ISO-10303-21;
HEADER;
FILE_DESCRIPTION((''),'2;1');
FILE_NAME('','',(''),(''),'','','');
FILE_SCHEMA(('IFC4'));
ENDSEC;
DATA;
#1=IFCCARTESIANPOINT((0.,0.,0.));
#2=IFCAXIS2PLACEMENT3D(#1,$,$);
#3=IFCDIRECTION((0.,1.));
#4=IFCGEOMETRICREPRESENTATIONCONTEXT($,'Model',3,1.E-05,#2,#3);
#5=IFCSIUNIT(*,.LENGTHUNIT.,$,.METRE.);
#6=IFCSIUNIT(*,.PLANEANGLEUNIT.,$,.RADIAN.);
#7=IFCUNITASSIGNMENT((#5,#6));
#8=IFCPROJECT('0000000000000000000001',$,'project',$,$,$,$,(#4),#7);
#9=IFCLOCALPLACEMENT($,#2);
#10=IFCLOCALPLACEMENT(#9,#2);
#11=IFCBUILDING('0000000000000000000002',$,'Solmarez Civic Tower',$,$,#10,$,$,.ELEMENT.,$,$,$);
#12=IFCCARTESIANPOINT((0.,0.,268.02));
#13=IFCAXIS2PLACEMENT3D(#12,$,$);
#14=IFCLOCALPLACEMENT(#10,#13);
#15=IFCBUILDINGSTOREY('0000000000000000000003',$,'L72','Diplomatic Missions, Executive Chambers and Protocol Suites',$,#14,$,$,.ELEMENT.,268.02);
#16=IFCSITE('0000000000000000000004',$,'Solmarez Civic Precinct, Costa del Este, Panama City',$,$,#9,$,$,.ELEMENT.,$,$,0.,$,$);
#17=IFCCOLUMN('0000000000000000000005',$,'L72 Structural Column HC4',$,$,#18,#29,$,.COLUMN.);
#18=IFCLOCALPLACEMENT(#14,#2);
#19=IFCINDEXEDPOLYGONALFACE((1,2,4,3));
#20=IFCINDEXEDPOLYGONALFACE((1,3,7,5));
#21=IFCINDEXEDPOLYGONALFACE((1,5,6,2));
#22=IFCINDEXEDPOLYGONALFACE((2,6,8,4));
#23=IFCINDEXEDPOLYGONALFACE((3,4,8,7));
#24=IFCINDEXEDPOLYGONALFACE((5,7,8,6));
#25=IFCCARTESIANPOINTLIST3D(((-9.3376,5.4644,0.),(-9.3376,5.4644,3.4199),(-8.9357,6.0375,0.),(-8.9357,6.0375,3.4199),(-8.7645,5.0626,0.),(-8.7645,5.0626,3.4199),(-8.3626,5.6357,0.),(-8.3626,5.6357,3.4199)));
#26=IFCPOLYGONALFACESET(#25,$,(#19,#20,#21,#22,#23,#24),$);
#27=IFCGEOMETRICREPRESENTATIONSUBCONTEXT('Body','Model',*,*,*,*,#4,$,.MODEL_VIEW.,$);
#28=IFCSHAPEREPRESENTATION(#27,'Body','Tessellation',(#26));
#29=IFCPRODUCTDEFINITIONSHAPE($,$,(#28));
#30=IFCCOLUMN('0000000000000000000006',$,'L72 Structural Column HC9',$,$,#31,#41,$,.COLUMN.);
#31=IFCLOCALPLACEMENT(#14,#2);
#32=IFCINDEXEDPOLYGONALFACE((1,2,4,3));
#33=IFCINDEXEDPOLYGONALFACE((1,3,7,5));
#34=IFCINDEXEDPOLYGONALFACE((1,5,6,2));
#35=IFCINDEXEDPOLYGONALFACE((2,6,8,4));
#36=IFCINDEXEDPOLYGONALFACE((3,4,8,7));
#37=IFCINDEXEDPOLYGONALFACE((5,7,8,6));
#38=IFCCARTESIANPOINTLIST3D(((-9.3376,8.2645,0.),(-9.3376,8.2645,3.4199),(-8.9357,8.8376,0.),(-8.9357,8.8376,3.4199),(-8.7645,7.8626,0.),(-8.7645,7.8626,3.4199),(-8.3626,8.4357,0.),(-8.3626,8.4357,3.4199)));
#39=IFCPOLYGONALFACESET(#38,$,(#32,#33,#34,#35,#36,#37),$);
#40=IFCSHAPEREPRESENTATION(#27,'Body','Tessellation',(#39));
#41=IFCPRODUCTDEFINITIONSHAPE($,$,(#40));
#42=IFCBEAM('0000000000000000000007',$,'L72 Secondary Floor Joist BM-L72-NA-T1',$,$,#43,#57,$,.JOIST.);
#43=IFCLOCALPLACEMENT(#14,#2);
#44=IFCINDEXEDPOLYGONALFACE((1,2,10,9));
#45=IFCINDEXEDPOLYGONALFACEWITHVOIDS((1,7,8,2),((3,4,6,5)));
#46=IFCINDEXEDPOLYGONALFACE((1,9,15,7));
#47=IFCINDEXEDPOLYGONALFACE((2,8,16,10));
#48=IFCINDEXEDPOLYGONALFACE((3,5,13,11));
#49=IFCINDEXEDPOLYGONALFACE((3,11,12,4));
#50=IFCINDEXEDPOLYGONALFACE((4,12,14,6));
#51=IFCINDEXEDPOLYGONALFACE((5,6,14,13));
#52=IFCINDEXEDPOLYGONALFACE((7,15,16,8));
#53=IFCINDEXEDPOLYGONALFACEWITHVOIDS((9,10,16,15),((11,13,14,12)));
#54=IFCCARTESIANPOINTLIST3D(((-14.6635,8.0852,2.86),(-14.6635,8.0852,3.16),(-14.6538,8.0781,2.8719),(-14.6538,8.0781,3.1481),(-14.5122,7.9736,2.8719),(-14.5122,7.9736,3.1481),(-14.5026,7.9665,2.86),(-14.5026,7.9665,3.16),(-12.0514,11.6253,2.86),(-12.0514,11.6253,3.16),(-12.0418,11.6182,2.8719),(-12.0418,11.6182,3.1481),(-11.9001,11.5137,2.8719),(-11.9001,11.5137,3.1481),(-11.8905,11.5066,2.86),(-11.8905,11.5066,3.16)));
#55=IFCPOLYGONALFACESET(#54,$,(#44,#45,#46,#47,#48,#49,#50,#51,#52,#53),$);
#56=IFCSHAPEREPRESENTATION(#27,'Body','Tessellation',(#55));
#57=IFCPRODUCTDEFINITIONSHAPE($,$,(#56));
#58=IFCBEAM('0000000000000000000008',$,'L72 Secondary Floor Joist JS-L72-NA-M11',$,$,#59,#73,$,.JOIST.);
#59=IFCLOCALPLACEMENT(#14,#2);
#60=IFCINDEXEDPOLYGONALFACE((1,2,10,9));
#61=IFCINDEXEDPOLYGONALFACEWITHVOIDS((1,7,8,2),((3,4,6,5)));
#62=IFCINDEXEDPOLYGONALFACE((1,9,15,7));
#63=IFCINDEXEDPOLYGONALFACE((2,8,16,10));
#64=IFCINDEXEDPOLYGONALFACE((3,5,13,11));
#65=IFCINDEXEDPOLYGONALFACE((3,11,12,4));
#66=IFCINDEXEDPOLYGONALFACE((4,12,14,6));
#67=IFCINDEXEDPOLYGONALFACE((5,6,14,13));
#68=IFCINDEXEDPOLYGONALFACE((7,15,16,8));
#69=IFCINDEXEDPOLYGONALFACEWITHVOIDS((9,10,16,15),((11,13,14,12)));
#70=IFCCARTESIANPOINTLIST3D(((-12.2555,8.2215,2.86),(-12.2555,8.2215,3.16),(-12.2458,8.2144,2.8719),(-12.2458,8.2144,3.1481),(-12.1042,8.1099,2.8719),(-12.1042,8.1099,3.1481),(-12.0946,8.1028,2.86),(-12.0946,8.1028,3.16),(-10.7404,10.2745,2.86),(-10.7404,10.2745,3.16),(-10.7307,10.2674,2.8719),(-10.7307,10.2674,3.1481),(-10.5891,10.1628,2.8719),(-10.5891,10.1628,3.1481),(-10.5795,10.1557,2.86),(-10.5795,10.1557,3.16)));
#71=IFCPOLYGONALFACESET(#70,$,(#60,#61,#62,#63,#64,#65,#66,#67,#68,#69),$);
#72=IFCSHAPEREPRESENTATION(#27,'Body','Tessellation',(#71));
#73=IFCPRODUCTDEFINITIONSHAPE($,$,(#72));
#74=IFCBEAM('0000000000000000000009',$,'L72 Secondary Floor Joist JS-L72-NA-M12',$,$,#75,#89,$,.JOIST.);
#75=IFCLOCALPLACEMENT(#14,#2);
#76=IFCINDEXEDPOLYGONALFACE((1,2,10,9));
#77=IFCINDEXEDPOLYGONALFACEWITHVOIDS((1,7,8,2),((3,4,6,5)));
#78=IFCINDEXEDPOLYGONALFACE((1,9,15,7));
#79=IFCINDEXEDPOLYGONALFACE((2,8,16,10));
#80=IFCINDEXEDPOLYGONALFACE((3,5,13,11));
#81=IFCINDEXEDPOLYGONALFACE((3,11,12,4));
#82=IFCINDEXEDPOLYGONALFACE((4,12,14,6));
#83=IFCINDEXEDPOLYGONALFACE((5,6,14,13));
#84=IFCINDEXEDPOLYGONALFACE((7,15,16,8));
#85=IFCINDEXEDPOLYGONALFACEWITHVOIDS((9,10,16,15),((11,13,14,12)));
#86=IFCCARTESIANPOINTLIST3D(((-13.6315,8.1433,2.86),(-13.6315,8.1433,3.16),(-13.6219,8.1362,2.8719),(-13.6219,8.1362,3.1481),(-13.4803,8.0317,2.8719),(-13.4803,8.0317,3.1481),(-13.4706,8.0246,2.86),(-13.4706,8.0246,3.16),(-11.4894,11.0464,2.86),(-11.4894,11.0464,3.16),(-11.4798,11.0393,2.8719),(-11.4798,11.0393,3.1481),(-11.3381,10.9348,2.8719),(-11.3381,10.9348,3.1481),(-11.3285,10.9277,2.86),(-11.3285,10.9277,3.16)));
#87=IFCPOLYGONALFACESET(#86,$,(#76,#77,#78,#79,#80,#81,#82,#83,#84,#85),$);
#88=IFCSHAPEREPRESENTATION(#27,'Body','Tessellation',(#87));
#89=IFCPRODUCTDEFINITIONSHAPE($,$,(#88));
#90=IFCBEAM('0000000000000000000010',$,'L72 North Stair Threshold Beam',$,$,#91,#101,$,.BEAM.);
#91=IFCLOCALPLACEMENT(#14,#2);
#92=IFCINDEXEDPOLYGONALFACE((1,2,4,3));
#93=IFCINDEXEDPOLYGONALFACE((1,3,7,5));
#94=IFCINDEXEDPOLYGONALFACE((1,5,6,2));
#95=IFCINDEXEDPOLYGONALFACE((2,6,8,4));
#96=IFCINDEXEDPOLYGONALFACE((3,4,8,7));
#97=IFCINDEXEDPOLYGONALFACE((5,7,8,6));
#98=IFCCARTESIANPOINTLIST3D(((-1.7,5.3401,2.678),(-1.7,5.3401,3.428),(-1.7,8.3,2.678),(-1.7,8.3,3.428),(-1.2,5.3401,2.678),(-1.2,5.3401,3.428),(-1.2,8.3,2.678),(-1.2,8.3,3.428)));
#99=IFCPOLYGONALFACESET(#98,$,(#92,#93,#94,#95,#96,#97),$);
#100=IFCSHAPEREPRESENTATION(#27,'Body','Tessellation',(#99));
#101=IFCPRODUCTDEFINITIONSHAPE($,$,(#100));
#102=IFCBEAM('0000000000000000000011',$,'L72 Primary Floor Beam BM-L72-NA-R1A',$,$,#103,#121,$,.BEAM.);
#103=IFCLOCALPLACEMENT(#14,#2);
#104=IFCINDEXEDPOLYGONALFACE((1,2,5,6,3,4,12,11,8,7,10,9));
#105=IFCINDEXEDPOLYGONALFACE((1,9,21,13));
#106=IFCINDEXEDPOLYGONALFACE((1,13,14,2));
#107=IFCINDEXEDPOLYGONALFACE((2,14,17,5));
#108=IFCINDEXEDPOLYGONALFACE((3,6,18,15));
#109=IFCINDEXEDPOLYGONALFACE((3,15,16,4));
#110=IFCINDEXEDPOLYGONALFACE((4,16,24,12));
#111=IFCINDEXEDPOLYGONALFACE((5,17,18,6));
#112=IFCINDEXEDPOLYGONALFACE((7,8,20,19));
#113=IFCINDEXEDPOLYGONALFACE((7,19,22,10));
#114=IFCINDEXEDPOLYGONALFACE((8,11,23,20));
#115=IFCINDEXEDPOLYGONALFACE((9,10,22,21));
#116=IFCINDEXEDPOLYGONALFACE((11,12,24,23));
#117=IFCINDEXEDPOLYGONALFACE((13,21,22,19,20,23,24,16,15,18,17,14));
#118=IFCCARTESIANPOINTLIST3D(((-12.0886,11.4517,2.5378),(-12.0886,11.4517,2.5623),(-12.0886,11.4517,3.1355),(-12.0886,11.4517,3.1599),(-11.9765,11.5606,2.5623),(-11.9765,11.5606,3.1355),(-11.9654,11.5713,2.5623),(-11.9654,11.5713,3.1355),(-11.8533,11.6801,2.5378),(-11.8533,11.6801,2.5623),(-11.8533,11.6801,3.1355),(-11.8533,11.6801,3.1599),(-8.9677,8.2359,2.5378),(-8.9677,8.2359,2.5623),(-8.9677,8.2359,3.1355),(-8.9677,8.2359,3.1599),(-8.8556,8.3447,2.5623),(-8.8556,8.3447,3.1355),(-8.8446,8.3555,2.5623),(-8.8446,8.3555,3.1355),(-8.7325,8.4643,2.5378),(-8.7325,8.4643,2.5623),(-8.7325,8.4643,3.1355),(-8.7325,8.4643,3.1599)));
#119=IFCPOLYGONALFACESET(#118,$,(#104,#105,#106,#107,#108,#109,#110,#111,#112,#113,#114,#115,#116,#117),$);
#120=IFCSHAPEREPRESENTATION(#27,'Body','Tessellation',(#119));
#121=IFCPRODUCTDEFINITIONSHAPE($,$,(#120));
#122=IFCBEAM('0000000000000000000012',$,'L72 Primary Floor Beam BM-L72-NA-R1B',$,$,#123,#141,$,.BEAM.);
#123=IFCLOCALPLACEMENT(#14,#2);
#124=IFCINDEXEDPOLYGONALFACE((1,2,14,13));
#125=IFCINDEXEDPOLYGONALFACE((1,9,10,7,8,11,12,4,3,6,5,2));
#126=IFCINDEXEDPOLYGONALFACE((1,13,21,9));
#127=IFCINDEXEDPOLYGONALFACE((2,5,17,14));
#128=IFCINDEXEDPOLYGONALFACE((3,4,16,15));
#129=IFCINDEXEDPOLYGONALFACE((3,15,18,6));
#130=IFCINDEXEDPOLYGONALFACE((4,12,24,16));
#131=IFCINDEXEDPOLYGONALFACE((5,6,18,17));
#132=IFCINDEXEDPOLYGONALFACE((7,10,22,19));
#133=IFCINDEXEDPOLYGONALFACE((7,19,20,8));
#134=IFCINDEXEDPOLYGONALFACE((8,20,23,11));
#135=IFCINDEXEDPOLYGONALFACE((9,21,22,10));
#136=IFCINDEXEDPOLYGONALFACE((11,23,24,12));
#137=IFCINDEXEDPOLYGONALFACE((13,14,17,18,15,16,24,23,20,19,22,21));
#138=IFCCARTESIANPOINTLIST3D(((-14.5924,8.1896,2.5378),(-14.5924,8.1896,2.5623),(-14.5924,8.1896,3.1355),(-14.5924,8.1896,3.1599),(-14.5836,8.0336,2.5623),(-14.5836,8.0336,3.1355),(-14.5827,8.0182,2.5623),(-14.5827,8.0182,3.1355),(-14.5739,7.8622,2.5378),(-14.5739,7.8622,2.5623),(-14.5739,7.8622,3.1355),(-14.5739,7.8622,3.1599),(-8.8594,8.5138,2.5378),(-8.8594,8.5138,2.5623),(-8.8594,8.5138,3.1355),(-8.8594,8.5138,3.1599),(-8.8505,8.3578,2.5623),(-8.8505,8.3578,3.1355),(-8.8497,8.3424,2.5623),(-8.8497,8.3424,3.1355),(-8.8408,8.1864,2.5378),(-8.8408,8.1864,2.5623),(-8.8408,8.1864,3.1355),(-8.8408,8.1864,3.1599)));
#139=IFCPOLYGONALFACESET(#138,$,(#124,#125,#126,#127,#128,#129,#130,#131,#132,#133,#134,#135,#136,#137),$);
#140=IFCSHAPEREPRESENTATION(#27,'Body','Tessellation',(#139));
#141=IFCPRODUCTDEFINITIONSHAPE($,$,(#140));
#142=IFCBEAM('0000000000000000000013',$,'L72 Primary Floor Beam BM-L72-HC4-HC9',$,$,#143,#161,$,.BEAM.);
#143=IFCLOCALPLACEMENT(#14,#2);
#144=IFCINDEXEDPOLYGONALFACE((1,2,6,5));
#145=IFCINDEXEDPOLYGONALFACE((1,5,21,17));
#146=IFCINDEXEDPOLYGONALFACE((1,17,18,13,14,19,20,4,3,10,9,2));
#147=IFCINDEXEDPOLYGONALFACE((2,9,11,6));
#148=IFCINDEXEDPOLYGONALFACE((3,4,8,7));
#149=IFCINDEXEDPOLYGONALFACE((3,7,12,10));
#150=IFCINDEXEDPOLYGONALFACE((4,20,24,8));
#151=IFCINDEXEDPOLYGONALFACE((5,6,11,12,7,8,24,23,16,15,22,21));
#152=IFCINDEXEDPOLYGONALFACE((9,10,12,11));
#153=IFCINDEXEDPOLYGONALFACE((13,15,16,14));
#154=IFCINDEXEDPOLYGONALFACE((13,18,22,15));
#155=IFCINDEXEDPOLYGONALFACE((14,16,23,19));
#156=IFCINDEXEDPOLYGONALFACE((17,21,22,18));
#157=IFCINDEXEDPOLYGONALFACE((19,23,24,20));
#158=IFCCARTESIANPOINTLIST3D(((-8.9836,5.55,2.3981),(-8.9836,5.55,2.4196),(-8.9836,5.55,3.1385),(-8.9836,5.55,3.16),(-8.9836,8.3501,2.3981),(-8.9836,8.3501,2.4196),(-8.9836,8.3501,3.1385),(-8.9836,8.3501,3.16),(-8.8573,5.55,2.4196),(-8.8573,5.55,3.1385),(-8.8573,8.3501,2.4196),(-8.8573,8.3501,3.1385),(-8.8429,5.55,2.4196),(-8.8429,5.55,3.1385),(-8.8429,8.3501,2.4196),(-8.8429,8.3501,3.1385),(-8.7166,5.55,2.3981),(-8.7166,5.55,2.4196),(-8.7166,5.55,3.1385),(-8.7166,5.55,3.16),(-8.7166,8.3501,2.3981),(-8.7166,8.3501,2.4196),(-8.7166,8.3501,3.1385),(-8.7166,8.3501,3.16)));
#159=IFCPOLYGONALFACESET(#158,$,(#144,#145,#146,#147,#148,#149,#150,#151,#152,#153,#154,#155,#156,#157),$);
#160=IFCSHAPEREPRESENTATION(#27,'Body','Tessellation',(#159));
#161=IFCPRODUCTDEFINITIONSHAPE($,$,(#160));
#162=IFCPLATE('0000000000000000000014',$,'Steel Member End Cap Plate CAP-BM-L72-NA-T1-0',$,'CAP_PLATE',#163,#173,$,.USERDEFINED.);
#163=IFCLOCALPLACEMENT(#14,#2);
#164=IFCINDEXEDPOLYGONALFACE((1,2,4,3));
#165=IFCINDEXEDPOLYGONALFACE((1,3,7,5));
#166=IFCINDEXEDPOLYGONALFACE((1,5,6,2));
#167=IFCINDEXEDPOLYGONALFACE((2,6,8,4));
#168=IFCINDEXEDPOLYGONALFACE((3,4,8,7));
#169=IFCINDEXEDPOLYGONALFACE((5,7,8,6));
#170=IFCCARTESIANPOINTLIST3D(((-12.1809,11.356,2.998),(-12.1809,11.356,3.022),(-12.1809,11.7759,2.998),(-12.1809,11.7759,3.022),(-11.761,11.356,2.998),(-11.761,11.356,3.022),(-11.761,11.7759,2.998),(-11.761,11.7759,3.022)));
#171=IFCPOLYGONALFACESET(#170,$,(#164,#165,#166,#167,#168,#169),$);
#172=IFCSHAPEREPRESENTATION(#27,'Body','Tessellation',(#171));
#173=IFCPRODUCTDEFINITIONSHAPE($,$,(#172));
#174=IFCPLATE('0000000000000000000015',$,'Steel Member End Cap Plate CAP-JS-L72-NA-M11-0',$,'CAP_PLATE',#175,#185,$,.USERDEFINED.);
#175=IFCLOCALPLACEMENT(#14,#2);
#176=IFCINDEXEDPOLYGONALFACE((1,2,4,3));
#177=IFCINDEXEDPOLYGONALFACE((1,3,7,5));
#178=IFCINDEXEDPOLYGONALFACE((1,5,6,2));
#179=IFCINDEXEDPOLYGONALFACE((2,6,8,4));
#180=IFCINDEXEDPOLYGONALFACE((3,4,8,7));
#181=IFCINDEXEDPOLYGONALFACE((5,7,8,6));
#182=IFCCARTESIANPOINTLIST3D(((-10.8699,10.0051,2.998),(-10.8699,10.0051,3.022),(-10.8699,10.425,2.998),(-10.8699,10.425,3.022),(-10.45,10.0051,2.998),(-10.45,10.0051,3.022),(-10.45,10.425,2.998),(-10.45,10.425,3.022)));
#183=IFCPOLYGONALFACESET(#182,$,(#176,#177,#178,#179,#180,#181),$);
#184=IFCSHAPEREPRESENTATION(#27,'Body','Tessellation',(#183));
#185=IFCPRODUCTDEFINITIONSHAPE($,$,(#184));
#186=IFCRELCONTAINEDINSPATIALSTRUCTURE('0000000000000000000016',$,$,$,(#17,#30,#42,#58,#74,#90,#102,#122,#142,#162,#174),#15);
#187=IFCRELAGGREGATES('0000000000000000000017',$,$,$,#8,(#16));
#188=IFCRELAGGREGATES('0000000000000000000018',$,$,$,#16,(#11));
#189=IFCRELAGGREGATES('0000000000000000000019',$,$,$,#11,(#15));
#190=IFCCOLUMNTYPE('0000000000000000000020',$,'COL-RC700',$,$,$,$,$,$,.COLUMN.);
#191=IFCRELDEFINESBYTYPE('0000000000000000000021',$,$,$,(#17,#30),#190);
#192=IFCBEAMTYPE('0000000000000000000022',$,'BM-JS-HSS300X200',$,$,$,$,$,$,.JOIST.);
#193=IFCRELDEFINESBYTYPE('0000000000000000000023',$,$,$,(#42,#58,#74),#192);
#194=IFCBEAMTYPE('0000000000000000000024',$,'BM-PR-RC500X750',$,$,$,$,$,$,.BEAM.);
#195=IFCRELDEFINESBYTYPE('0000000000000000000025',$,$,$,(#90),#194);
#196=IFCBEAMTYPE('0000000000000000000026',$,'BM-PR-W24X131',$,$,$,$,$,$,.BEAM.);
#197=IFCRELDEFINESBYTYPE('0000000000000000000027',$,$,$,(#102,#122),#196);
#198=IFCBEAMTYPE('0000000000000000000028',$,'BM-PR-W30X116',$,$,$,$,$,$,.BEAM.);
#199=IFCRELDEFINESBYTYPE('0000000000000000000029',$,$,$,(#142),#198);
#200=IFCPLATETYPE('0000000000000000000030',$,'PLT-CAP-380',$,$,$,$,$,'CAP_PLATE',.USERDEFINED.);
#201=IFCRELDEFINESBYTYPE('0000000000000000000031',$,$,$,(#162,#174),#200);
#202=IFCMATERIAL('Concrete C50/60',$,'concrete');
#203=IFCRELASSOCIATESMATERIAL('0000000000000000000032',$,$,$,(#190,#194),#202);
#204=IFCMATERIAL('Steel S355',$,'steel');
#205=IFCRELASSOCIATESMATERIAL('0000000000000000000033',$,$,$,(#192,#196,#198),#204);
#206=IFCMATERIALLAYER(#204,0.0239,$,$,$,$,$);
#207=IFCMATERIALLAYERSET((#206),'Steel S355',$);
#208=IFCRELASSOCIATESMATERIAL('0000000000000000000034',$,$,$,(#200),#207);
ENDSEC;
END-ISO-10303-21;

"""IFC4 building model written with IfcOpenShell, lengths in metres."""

from ifc_helpers import new_model, si_unit, direction, frame, origin, origin_2d, place, context, subcontext, project, spatial, rectangle, hollow_rectangle, i_section, extrude, material, layer, layer_set, material_profile, profile_set, type_object, element, save


model = new_model("IFC4")

# Units and contexts
model_context = context("Model", 3, precision=1e-05, world=origin(), true_north=direction((0.0, 1.0)))
body_context = subcontext(model_context, "Body", "Model", "MODEL_VIEW")
ifc_project = project(units=[si_unit("LENGTHUNIT", "METRE"), si_unit("PLANEANGLEUNIT", "RADIAN")], contexts=[model_context])

# Site, building, storey
site_placement = place(None, origin())
site = spatial("IfcSite", under=ifc_project, at=site_placement, Name="Solmarez Civic Precinct, Costa del Este, Panama City", CompositionType="ELEMENT", RefElevation=0.0)
building_placement = place(site_placement, origin())
building = spatial("IfcBuilding", under=site, at=building_placement, Name="Solmarez Civic Tower", CompositionType="ELEMENT")
storey_placement = place(building_placement, frame((0.0, 0.0, 268.02)))
storey = spatial("IfcBuildingStorey", under=building, at=storey_placement, Name="L72", Description="Diplomatic Missions, Executive Chambers and Protocol Suites", CompositionType="ELEMENT", Elevation=268.02)

# Columns
ifc_material_1 = material(Name="Concrete C50/60", Category="concrete")
ifc_material_profile_1 = material_profile(ifc_material_1, rectangle(XDim=0.7, YDim=0.7, at=origin_2d()), Name="RC700X700")
ifc_profile_set_1 = profile_set([ifc_material_profile_1], Name="Concrete C50/60")
column_type = type_object("IfcColumnType", Name="COL-RC700", PredefinedType="COLUMN", material=ifc_profile_set_1)
for number, where, z_axis, x_axis, name in (
    (1, (-8.8501, 5.55, 0.0), (0.0, 0.0, 1.0), (0.574148, 0.818751, 0.0), "L72 Structural Column HC4"),
    (2, (-8.8501, 8.3501, 0.0), (0.0, 0.0, 1.0), (0.574148, 0.818751, 0.0), "L72 Structural Column HC9"),
):
    element("IfcColumn", number, at=place(storey_placement, frame(where, z_axis=z_axis, x_axis=x_axis)), inside=storey, type_object=column_type, Name=name, PredefinedType="COLUMN", context=body_context, shape_type="SweptSolid", body=[
        extrude(rectangle(XDim=0.7, YDim=0.7, at=origin_2d()), origin(), (0.0, 0.0, 1.0), 3.4199),
    ])

# Beams
ifc_material_2 = material(Name="Steel S355", Category="steel")
ifc_material_profile_2 = material_profile(ifc_material_2, hollow_rectangle(XDim=0.2, YDim=0.3, WallThickness=0.012, at=origin_2d()), Name="HSS300X200X12")
ifc_profile_set_2 = profile_set([ifc_material_profile_2], Name="Steel S355")
beam_type_1 = type_object("IfcBeamType", Name="BM-JS-HSS300X200", PredefinedType="JOIST", material=ifc_profile_set_2)
beam_1_placement = place(storey_placement, frame((-11.9709, 11.5659, 3.01), z_axis=(-0.593731, -0.804664, 0.0), x_axis=(0.804664, -0.593731, 0.0)))
element("IfcBeam", 3, at=beam_1_placement, inside=storey, type_object=beam_type_1, Name="L72 Secondary Floor Joist BM-L72-NA-T1", PredefinedType="JOIST", context=body_context, shape_type="SweptSolid", body=[
    extrude(hollow_rectangle(XDim=0.2, YDim=0.3, WallThickness=0.012, at=origin_2d()), origin(), (0.0, 0.0, 1.0), 4.3994),
])
beam_2_placement = place(storey_placement, frame((-10.6599, 10.2151, 3.01), z_axis=(-0.593812, -0.804603, 0.0), x_axis=(0.804603, -0.593812, 0.0)))
element("IfcBeam", 4, at=beam_2_placement, inside=storey, type_object=beam_type_1, Name="L72 Secondary Floor Joist JS-L72-NA-M11", PredefinedType="JOIST", context=body_context, shape_type="SweptSolid", body=[
    extrude(hollow_rectangle(XDim=0.2, YDim=0.3, WallThickness=0.012, at=origin_2d()), origin(), (0.0, 0.0, 1.0), 2.5515),
])
beam_3_placement = place(storey_placement, frame((-11.4089, 10.9871, 3.01), z_axis=(-0.593734, -0.804661, 0.0), x_axis=(0.804661, -0.593734, 0.0)))
element("IfcBeam", 5, at=beam_3_placement, inside=storey, type_object=beam_type_1, Name="L72 Secondary Floor Joist JS-L72-NA-M12", PredefinedType="JOIST", context=body_context, shape_type="SweptSolid", body=[
    extrude(hollow_rectangle(XDim=0.2, YDim=0.3, WallThickness=0.012, at=origin_2d()), origin(), (0.0, 0.0, 1.0), 3.6079),
])
ifc_material_profile_3 = material_profile(ifc_material_1, rectangle(XDim=0.5, YDim=0.75, at=origin_2d()), Name="RC500X750")
ifc_profile_set_3 = profile_set([ifc_material_profile_3], Name="Concrete C50/60")
beam_type_2 = type_object("IfcBeamType", Name="BM-PR-RC500X750", PredefinedType="BEAM", material=ifc_profile_set_3)
beam_4_placement = place(storey_placement, frame((-1.45, 5.3401, 3.053), z_axis=(0.0, 1.0, 0.0), x_axis=(-1.0, 0.0, 0.0)))
element("IfcBeam", 6, at=beam_4_placement, inside=storey, type_object=beam_type_2, Name="L72 North Stair Threshold Beam", PredefinedType="BEAM", context=body_context, shape_type="SweptSolid", body=[
    extrude(rectangle(XDim=0.5, YDim=0.75, at=origin_2d()), origin(), (0.0, 0.0, 1.0), 2.96),
])
ifc_material_profile_4 = material_profile(ifc_material_2, i_section(OverallWidth=0.3279, OverallDepth=0.6221, WebThickness=0.0154, FlangeThickness=0.0244, at=origin_2d()), Name="W24X131")
ifc_profile_set_4 = profile_set([ifc_material_profile_4], Name="Steel S355")
beam_type_3 = type_object("IfcBeamType", Name="BM-PR-W24X131", PredefinedType="BEAM", material=ifc_profile_set_4)
beam_5_placement = place(storey_placement, frame((-8.8501, 8.3501, 2.8489), z_axis=(-0.696431, 0.717624, 0.0), x_axis=(-0.717624, -0.696431, 0.0)))
element("IfcBeam", 7, at=beam_5_placement, inside=storey, type_object=beam_type_3, Name="L72 Primary Floor Beam BM-L72-NA-R1A", PredefinedType="BEAM", context=body_context, shape_type="SweptSolid", body=[
    extrude(i_section(OverallWidth=0.3279, OverallDepth=0.6221, WebThickness=0.0154, FlangeThickness=0.0244, at=origin_2d()), origin(), (0.0, 0.0, 1.0), 4.4812),
])
beam_6_placement = place(storey_placement, frame((-8.8501, 8.3501, 2.8489), z_axis=(-0.998405, -0.056464, 0.0), x_axis=(0.056464, -0.998405, 0.0)))
element("IfcBeam", 8, at=beam_6_placement, inside=storey, type_object=beam_type_3, Name="L72 Primary Floor Beam BM-L72-NA-R1B", PredefinedType="BEAM", context=body_context, shape_type="SweptSolid", body=[
    extrude(i_section(OverallWidth=0.3279, OverallDepth=0.6221, WebThickness=0.0154, FlangeThickness=0.0244, at=origin_2d()), origin(), (0.0, 0.0, 1.0), 5.7422),
])
ifc_material_profile_5 = material_profile(ifc_material_2, i_section(OverallWidth=0.2671, OverallDepth=0.762, WebThickness=0.0144, FlangeThickness=0.0215, at=origin_2d()), Name="W30X116")
ifc_profile_set_5 = profile_set([ifc_material_profile_5], Name="Steel S355")
beam_type_4 = type_object("IfcBeamType", Name="BM-PR-W30X116", PredefinedType="BEAM", material=ifc_profile_set_5)
beam_7_placement = place(storey_placement, frame((-8.8501, 5.55, 2.7791), z_axis=(0.0, 1.0, 0.0), x_axis=(-1.0, 0.0, 0.0)))
element("IfcBeam", 9, at=beam_7_placement, inside=storey, type_object=beam_type_4, Name="L72 Primary Floor Beam BM-L72-HC4-HC9", PredefinedType="BEAM", context=body_context, shape_type="SweptSolid", body=[
    extrude(i_section(OverallWidth=0.2671, OverallDepth=0.762, WebThickness=0.0144, FlangeThickness=0.0215, at=origin_2d()), origin(), (0.0, 0.0, 1.0), 2.8),
])

# Plates
ifc_layer_1 = layer(ifc_material_2, 0.0239)
ifc_layer_set_1 = layer_set([ifc_layer_1], Name="Steel S355")
plate_type = type_object("IfcPlateType", Name="PLT-CAP-380", ElementType="CAP_PLATE", PredefinedType="USERDEFINED", material=ifc_layer_set_1)
for number, where, z_axis, x_axis, name in (
    (10, (-11.9709, 11.5659, 2.998), (0.0, 0.0, 1.0), (1.0, 0.0, 0.0), "Steel Member End Cap Plate CAP-BM-L72-NA-T1-0"),
    (11, (-10.6599, 10.2151, 2.998), (0.0, 0.0, 1.0), (1.0, 0.0, 0.0), "Steel Member End Cap Plate CAP-JS-L72-NA-M11-0"),
):
    element("IfcPlate", number, at=place(storey_placement, frame(where, z_axis=z_axis, x_axis=x_axis)), inside=storey, type_object=plate_type, Name=name, ObjectType="CAP_PLATE", PredefinedType="USERDEFINED", context=body_context, shape_type="SweptSolid", body=[
        extrude(rectangle(XDim=0.4199, YDim=0.4199, at=origin_2d()), origin(), (0.0, 0.0, 1.0), 0.0239),
    ])

save(model, "model.ifc")
